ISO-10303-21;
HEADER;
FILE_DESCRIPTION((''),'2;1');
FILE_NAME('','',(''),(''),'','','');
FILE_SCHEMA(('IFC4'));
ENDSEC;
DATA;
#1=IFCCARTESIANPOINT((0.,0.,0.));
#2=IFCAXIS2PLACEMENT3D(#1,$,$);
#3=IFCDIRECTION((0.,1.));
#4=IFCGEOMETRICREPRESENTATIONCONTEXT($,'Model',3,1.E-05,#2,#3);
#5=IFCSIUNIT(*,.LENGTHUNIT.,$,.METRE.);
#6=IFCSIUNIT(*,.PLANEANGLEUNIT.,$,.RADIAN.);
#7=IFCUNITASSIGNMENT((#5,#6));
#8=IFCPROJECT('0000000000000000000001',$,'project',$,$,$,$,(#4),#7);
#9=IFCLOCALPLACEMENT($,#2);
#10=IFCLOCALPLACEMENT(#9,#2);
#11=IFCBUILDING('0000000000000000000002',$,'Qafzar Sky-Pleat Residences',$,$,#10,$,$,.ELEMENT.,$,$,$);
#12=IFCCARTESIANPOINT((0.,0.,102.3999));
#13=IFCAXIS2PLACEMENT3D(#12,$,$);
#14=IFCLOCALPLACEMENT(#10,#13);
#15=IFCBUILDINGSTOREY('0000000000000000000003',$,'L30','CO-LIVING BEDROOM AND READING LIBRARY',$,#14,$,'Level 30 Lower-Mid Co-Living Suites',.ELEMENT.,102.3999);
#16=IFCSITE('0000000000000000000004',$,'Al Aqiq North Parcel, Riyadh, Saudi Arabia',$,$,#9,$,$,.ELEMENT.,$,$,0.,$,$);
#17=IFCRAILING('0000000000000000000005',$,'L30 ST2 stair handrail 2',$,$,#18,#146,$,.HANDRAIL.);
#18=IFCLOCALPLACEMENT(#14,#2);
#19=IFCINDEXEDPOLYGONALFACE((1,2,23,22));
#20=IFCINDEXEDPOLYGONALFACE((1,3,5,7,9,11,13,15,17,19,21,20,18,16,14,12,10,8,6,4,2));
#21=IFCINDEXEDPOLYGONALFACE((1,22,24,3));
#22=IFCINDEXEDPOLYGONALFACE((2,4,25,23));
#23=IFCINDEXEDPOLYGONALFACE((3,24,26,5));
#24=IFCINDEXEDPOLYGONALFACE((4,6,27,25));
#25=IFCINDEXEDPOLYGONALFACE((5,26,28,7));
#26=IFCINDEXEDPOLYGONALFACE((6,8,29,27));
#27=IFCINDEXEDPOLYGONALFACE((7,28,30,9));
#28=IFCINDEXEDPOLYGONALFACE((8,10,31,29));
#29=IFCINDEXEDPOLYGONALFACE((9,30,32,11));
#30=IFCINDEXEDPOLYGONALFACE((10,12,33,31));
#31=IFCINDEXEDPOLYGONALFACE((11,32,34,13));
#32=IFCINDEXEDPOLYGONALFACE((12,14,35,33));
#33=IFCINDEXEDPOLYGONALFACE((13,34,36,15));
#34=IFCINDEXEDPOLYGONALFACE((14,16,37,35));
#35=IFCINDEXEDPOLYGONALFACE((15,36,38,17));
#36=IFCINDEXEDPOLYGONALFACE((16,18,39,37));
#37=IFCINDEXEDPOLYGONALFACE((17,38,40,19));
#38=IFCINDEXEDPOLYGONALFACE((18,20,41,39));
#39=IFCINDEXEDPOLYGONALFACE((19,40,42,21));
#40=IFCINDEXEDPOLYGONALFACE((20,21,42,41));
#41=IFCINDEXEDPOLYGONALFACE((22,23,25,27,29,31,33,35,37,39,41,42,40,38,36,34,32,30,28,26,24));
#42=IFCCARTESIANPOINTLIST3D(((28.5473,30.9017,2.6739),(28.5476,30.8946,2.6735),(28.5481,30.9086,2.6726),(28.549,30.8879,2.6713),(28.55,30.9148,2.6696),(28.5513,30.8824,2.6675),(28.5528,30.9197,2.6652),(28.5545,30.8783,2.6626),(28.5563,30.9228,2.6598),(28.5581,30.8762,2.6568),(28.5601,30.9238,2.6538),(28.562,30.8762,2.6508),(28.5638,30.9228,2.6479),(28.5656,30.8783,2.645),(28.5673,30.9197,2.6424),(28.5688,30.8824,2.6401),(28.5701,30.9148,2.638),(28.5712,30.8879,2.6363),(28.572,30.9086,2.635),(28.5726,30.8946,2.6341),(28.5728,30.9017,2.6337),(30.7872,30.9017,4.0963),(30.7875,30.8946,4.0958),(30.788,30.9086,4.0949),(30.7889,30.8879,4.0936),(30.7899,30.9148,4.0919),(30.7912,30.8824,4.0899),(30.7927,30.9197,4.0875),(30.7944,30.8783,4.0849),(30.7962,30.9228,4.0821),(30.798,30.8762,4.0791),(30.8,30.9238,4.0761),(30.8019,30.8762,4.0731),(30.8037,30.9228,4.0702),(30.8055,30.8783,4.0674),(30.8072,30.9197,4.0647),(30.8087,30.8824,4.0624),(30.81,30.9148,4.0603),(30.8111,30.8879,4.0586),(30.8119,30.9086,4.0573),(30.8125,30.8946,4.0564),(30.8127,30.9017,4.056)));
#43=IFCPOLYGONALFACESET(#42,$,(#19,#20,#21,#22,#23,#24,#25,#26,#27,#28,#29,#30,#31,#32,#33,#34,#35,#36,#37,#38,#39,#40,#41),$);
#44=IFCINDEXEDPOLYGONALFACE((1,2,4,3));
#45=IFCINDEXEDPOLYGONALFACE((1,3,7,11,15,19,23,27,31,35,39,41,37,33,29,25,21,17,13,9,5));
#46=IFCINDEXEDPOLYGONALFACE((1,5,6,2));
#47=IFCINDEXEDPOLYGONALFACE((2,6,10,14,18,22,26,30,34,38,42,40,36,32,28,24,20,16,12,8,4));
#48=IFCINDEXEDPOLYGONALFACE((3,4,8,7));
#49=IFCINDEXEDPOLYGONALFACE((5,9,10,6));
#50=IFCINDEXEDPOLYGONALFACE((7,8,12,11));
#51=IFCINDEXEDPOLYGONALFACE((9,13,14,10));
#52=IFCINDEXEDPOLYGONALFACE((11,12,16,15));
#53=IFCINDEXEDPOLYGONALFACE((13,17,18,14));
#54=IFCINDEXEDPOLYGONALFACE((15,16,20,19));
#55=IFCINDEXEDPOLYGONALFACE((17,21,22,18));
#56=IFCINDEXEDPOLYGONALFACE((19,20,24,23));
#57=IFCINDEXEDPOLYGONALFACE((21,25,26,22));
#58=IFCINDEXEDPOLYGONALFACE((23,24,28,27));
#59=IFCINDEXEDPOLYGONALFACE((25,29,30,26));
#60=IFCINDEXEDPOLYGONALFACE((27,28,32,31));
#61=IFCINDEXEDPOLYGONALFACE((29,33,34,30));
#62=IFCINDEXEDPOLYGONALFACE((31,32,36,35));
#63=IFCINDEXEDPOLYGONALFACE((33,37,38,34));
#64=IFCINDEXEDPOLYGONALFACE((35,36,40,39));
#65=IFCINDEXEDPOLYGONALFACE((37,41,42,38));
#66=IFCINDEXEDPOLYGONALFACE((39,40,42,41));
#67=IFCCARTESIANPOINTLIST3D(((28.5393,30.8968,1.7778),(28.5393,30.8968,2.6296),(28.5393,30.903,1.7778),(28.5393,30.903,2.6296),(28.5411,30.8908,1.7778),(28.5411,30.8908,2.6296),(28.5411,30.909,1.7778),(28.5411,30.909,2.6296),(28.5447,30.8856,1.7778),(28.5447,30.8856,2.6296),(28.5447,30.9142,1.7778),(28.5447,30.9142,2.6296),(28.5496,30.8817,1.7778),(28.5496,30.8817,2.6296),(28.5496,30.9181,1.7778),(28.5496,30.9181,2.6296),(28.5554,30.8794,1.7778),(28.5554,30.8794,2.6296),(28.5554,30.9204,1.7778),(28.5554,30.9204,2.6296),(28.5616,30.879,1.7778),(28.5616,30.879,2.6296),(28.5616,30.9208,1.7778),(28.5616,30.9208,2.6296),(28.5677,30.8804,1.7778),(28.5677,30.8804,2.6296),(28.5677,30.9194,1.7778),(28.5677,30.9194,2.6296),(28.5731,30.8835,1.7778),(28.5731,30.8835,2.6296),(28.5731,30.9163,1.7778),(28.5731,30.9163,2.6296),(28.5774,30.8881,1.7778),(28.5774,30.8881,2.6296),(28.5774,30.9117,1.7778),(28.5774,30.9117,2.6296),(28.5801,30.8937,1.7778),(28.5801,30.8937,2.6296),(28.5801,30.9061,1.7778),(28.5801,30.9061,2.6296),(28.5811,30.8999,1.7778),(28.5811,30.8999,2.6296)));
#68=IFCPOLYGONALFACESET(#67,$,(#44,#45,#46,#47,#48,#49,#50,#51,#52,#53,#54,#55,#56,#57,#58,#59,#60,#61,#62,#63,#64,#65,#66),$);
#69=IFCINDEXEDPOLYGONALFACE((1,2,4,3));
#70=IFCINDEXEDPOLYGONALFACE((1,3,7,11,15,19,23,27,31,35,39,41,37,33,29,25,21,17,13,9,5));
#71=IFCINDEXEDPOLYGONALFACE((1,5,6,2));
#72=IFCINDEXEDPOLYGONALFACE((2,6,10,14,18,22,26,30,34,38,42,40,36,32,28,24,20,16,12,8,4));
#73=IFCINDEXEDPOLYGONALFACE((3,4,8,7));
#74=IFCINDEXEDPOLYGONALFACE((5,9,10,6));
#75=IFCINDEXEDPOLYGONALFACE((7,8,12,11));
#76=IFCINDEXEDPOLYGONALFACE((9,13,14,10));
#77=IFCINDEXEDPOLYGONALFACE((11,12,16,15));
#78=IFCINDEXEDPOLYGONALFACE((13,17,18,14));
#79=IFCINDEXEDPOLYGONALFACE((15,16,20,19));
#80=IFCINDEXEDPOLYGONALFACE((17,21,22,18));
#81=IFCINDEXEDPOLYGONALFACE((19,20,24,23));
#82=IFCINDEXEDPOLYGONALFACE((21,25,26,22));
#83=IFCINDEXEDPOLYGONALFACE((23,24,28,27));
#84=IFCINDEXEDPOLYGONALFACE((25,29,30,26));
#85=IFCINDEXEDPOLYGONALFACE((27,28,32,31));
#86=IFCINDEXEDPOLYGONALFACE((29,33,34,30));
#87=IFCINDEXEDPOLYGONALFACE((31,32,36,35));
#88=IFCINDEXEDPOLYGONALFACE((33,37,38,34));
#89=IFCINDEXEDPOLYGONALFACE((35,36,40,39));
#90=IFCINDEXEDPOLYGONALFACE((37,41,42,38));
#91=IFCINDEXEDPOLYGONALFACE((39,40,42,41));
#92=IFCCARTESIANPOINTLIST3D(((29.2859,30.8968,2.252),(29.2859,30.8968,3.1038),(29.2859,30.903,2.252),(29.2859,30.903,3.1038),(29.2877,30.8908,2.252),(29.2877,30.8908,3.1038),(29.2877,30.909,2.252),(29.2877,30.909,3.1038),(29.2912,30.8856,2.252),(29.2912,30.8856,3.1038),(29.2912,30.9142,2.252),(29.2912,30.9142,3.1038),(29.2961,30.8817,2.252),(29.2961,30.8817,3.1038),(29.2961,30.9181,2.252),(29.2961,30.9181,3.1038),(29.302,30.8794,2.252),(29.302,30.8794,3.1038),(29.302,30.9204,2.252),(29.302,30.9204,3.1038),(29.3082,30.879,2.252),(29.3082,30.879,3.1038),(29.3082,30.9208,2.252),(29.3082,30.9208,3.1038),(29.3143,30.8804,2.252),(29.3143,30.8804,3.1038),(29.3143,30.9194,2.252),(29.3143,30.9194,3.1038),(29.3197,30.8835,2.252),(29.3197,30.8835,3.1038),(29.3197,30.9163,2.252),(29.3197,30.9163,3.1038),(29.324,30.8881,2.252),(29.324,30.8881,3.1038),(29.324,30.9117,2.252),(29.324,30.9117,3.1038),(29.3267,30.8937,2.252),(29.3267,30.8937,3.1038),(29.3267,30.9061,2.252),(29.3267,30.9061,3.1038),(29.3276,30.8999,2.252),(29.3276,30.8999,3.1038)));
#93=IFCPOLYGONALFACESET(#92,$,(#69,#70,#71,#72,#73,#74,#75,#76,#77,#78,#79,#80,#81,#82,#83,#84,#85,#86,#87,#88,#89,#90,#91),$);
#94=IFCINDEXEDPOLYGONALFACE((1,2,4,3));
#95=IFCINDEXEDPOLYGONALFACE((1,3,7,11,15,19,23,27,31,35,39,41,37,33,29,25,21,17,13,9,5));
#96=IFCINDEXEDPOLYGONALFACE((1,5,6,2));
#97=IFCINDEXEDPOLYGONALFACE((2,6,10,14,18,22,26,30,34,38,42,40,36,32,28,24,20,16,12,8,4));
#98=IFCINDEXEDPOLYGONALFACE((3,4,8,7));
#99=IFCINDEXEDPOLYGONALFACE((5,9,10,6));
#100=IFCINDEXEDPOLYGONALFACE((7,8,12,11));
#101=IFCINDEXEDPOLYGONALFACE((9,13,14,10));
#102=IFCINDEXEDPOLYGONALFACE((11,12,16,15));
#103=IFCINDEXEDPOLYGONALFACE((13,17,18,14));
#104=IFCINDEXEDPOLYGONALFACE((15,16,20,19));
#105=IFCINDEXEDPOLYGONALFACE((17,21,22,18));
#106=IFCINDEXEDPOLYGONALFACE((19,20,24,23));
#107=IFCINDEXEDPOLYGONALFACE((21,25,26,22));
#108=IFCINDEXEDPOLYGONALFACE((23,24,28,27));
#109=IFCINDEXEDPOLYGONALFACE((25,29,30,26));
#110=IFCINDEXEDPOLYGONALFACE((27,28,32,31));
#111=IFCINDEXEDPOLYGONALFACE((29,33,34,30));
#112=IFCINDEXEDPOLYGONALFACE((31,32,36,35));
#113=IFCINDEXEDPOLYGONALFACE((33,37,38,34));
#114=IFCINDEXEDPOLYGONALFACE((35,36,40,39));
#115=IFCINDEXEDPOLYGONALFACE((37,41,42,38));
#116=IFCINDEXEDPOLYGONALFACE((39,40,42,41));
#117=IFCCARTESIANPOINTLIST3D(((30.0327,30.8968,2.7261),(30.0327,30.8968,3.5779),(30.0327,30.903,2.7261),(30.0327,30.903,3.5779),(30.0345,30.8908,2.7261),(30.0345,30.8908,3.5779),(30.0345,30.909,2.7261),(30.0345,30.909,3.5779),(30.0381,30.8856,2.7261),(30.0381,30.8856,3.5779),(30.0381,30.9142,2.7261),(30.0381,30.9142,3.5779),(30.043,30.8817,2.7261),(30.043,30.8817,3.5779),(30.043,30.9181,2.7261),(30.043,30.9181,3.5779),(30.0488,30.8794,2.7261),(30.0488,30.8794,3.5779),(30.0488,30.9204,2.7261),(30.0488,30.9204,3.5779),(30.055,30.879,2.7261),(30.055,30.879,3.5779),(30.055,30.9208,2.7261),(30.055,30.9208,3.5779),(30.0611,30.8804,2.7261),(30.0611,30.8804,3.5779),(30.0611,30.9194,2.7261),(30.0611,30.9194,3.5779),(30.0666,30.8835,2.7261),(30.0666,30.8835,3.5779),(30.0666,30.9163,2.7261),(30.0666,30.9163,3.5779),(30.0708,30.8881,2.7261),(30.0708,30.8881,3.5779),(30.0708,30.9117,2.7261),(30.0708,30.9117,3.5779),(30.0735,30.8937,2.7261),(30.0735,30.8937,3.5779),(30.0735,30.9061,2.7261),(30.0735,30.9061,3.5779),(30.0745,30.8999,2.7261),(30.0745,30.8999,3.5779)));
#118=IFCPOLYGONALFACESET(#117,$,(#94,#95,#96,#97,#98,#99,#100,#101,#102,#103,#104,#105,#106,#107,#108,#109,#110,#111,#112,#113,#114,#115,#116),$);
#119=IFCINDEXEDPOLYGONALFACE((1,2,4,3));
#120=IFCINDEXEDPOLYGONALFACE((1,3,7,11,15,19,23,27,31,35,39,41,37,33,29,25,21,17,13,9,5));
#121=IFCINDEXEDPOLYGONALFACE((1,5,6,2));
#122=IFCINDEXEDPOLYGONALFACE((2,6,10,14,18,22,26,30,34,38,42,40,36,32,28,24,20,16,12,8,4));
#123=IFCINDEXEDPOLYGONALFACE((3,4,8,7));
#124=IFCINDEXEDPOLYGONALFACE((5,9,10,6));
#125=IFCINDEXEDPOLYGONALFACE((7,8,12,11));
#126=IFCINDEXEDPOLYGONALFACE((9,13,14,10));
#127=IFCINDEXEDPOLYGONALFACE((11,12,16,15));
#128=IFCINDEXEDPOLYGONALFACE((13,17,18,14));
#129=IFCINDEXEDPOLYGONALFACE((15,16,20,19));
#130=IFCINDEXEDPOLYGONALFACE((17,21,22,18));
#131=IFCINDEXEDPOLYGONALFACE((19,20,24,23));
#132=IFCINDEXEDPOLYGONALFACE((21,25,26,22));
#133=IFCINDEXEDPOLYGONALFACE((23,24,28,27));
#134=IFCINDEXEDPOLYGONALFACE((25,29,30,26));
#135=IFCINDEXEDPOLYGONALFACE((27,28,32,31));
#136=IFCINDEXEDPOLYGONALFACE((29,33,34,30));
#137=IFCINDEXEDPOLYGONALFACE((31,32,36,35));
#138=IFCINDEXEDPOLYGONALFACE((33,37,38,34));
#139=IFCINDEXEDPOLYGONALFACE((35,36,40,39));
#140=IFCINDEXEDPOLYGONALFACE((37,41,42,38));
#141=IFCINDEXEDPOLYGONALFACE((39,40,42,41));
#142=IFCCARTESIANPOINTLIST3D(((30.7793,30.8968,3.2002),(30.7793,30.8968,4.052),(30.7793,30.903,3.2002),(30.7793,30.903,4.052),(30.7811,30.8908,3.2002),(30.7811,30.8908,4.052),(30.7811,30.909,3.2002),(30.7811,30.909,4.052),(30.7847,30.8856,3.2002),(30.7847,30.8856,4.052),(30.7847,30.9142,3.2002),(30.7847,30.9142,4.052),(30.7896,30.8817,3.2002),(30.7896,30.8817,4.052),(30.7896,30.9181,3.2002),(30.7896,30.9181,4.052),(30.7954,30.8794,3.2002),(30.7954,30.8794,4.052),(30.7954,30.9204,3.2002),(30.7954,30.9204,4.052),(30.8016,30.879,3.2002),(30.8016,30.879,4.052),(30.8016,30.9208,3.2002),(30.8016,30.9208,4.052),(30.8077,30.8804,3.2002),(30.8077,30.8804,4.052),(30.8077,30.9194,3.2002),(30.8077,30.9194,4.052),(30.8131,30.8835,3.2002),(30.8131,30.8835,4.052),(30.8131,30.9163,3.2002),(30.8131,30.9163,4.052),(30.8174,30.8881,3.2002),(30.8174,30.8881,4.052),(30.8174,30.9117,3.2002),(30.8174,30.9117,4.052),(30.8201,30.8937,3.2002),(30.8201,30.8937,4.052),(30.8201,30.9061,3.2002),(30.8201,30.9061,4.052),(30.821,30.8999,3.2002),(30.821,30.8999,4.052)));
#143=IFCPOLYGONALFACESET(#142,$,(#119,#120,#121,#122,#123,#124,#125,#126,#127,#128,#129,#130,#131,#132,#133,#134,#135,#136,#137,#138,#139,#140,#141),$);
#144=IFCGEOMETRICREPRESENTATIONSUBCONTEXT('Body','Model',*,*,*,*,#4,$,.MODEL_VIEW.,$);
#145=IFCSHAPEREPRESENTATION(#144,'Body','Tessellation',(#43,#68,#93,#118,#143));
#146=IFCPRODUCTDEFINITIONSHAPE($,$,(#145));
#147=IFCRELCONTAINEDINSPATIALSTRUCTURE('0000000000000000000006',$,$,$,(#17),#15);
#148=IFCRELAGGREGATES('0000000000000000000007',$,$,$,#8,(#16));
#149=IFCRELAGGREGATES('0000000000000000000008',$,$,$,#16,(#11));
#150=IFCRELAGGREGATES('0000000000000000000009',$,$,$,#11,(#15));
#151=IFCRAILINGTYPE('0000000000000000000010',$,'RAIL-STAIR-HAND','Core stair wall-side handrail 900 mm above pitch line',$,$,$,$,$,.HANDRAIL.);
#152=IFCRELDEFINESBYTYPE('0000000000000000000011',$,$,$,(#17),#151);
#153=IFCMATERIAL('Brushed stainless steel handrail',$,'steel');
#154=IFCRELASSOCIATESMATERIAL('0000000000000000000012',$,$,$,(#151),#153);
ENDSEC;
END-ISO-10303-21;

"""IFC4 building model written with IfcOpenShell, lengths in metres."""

from ifc_helpers import new_model, si_unit, direction, frame, origin, origin_2d, place, context, subcontext, project, spatial, circle, extrude, source, transform, mapped, material, type_object, element, save


model = new_model("IFC4")

# Units and contexts
model_context = context("Model", 3, precision=1e-05, world=origin(), true_north=direction((0.0, 1.0)))
body_context = subcontext(model_context, "Body", "Model", "MODEL_VIEW")
ifc_project = project(units=[si_unit("LENGTHUNIT", "METRE"), si_unit("PLANEANGLEUNIT", "RADIAN")], contexts=[model_context])

# Site, building, storey
site_placement = place(None, origin())
site = spatial("IfcSite", under=ifc_project, at=site_placement, Name="Al Aqiq North Parcel, Riyadh, Saudi Arabia", CompositionType="ELEMENT", RefElevation=0.0)
building_placement = place(site_placement, origin())
building = spatial("IfcBuilding", under=site, at=building_placement, Name="Qafzar Sky-Pleat Residences", CompositionType="ELEMENT")
storey_placement = place(building_placement, frame((0.0, 0.0, 102.3999)))
storey = spatial("IfcBuildingStorey", under=building, at=storey_placement, Name="L30", Description="CO-LIVING BEDROOM AND READING LIBRARY", LongName="Level 30 Lower-Mid Co-Living Suites", CompositionType="ELEMENT", Elevation=102.3999)

# Railing
ifc_material_1 = material(Name="Brushed stainless steel handrail", Category="steel")
railing_type_1 = type_object("IfcRailingType", Name="RAIL-STAIR-HAND", Description="Core stair wall-side handrail 900 mm above pitch line", PredefinedType="HANDRAIL", material=ifc_material_1)
shared_shape_1 = source(origin(), body_context, "Body", "SweptSolid", [
    extrude(circle(Radius=0.0239, at=origin_2d()), frame((0.0, 0.0, 0.876), z_axis=(0.844188, 0.0, 0.536048), x_axis=(0.0, 1.0, 0.0)), (0.0, 0.0, 1.0), 2.6533),
    extrude(circle(Radius=0.021, at=origin_2d()), origin(), (0.0, 0.0, 1.0), 0.8518),
    extrude(circle(Radius=0.021, at=origin_2d()), frame((0.7466, 0.0, 0.4741)), (0.0, 0.0, 1.0), 0.8518),
    extrude(circle(Radius=0.021, at=origin_2d()), frame((1.4934, 0.0, 0.9482)), (0.0, 0.0, 1.0), 0.8518),
    extrude(circle(Radius=0.021, at=origin_2d()), frame((2.24, 0.0, 1.4224)), (0.0, 0.0, 1.0), 0.8518),
])
railing_1_placement = place(storey_placement, frame((28.5601, 30.8999, 1.7778)))
element("IfcRailing", 1, at=railing_1_placement, inside=storey, type_object=railing_type_1, Name="L30 ST2 stair handrail 2", PredefinedType="HANDRAIL", context=body_context, shape_type="MappedRepresentation", body=[
    mapped(shared_shape_1, transform((0.0, 0.0, 0.0), x_axis=(1.0, 0.0, 0.0), y_axis=(0.0, 1.0, 0.0), z_axis=(0.0, 0.0, 1.0), scale=1.0)),
])

save(model, "model.ifc")
